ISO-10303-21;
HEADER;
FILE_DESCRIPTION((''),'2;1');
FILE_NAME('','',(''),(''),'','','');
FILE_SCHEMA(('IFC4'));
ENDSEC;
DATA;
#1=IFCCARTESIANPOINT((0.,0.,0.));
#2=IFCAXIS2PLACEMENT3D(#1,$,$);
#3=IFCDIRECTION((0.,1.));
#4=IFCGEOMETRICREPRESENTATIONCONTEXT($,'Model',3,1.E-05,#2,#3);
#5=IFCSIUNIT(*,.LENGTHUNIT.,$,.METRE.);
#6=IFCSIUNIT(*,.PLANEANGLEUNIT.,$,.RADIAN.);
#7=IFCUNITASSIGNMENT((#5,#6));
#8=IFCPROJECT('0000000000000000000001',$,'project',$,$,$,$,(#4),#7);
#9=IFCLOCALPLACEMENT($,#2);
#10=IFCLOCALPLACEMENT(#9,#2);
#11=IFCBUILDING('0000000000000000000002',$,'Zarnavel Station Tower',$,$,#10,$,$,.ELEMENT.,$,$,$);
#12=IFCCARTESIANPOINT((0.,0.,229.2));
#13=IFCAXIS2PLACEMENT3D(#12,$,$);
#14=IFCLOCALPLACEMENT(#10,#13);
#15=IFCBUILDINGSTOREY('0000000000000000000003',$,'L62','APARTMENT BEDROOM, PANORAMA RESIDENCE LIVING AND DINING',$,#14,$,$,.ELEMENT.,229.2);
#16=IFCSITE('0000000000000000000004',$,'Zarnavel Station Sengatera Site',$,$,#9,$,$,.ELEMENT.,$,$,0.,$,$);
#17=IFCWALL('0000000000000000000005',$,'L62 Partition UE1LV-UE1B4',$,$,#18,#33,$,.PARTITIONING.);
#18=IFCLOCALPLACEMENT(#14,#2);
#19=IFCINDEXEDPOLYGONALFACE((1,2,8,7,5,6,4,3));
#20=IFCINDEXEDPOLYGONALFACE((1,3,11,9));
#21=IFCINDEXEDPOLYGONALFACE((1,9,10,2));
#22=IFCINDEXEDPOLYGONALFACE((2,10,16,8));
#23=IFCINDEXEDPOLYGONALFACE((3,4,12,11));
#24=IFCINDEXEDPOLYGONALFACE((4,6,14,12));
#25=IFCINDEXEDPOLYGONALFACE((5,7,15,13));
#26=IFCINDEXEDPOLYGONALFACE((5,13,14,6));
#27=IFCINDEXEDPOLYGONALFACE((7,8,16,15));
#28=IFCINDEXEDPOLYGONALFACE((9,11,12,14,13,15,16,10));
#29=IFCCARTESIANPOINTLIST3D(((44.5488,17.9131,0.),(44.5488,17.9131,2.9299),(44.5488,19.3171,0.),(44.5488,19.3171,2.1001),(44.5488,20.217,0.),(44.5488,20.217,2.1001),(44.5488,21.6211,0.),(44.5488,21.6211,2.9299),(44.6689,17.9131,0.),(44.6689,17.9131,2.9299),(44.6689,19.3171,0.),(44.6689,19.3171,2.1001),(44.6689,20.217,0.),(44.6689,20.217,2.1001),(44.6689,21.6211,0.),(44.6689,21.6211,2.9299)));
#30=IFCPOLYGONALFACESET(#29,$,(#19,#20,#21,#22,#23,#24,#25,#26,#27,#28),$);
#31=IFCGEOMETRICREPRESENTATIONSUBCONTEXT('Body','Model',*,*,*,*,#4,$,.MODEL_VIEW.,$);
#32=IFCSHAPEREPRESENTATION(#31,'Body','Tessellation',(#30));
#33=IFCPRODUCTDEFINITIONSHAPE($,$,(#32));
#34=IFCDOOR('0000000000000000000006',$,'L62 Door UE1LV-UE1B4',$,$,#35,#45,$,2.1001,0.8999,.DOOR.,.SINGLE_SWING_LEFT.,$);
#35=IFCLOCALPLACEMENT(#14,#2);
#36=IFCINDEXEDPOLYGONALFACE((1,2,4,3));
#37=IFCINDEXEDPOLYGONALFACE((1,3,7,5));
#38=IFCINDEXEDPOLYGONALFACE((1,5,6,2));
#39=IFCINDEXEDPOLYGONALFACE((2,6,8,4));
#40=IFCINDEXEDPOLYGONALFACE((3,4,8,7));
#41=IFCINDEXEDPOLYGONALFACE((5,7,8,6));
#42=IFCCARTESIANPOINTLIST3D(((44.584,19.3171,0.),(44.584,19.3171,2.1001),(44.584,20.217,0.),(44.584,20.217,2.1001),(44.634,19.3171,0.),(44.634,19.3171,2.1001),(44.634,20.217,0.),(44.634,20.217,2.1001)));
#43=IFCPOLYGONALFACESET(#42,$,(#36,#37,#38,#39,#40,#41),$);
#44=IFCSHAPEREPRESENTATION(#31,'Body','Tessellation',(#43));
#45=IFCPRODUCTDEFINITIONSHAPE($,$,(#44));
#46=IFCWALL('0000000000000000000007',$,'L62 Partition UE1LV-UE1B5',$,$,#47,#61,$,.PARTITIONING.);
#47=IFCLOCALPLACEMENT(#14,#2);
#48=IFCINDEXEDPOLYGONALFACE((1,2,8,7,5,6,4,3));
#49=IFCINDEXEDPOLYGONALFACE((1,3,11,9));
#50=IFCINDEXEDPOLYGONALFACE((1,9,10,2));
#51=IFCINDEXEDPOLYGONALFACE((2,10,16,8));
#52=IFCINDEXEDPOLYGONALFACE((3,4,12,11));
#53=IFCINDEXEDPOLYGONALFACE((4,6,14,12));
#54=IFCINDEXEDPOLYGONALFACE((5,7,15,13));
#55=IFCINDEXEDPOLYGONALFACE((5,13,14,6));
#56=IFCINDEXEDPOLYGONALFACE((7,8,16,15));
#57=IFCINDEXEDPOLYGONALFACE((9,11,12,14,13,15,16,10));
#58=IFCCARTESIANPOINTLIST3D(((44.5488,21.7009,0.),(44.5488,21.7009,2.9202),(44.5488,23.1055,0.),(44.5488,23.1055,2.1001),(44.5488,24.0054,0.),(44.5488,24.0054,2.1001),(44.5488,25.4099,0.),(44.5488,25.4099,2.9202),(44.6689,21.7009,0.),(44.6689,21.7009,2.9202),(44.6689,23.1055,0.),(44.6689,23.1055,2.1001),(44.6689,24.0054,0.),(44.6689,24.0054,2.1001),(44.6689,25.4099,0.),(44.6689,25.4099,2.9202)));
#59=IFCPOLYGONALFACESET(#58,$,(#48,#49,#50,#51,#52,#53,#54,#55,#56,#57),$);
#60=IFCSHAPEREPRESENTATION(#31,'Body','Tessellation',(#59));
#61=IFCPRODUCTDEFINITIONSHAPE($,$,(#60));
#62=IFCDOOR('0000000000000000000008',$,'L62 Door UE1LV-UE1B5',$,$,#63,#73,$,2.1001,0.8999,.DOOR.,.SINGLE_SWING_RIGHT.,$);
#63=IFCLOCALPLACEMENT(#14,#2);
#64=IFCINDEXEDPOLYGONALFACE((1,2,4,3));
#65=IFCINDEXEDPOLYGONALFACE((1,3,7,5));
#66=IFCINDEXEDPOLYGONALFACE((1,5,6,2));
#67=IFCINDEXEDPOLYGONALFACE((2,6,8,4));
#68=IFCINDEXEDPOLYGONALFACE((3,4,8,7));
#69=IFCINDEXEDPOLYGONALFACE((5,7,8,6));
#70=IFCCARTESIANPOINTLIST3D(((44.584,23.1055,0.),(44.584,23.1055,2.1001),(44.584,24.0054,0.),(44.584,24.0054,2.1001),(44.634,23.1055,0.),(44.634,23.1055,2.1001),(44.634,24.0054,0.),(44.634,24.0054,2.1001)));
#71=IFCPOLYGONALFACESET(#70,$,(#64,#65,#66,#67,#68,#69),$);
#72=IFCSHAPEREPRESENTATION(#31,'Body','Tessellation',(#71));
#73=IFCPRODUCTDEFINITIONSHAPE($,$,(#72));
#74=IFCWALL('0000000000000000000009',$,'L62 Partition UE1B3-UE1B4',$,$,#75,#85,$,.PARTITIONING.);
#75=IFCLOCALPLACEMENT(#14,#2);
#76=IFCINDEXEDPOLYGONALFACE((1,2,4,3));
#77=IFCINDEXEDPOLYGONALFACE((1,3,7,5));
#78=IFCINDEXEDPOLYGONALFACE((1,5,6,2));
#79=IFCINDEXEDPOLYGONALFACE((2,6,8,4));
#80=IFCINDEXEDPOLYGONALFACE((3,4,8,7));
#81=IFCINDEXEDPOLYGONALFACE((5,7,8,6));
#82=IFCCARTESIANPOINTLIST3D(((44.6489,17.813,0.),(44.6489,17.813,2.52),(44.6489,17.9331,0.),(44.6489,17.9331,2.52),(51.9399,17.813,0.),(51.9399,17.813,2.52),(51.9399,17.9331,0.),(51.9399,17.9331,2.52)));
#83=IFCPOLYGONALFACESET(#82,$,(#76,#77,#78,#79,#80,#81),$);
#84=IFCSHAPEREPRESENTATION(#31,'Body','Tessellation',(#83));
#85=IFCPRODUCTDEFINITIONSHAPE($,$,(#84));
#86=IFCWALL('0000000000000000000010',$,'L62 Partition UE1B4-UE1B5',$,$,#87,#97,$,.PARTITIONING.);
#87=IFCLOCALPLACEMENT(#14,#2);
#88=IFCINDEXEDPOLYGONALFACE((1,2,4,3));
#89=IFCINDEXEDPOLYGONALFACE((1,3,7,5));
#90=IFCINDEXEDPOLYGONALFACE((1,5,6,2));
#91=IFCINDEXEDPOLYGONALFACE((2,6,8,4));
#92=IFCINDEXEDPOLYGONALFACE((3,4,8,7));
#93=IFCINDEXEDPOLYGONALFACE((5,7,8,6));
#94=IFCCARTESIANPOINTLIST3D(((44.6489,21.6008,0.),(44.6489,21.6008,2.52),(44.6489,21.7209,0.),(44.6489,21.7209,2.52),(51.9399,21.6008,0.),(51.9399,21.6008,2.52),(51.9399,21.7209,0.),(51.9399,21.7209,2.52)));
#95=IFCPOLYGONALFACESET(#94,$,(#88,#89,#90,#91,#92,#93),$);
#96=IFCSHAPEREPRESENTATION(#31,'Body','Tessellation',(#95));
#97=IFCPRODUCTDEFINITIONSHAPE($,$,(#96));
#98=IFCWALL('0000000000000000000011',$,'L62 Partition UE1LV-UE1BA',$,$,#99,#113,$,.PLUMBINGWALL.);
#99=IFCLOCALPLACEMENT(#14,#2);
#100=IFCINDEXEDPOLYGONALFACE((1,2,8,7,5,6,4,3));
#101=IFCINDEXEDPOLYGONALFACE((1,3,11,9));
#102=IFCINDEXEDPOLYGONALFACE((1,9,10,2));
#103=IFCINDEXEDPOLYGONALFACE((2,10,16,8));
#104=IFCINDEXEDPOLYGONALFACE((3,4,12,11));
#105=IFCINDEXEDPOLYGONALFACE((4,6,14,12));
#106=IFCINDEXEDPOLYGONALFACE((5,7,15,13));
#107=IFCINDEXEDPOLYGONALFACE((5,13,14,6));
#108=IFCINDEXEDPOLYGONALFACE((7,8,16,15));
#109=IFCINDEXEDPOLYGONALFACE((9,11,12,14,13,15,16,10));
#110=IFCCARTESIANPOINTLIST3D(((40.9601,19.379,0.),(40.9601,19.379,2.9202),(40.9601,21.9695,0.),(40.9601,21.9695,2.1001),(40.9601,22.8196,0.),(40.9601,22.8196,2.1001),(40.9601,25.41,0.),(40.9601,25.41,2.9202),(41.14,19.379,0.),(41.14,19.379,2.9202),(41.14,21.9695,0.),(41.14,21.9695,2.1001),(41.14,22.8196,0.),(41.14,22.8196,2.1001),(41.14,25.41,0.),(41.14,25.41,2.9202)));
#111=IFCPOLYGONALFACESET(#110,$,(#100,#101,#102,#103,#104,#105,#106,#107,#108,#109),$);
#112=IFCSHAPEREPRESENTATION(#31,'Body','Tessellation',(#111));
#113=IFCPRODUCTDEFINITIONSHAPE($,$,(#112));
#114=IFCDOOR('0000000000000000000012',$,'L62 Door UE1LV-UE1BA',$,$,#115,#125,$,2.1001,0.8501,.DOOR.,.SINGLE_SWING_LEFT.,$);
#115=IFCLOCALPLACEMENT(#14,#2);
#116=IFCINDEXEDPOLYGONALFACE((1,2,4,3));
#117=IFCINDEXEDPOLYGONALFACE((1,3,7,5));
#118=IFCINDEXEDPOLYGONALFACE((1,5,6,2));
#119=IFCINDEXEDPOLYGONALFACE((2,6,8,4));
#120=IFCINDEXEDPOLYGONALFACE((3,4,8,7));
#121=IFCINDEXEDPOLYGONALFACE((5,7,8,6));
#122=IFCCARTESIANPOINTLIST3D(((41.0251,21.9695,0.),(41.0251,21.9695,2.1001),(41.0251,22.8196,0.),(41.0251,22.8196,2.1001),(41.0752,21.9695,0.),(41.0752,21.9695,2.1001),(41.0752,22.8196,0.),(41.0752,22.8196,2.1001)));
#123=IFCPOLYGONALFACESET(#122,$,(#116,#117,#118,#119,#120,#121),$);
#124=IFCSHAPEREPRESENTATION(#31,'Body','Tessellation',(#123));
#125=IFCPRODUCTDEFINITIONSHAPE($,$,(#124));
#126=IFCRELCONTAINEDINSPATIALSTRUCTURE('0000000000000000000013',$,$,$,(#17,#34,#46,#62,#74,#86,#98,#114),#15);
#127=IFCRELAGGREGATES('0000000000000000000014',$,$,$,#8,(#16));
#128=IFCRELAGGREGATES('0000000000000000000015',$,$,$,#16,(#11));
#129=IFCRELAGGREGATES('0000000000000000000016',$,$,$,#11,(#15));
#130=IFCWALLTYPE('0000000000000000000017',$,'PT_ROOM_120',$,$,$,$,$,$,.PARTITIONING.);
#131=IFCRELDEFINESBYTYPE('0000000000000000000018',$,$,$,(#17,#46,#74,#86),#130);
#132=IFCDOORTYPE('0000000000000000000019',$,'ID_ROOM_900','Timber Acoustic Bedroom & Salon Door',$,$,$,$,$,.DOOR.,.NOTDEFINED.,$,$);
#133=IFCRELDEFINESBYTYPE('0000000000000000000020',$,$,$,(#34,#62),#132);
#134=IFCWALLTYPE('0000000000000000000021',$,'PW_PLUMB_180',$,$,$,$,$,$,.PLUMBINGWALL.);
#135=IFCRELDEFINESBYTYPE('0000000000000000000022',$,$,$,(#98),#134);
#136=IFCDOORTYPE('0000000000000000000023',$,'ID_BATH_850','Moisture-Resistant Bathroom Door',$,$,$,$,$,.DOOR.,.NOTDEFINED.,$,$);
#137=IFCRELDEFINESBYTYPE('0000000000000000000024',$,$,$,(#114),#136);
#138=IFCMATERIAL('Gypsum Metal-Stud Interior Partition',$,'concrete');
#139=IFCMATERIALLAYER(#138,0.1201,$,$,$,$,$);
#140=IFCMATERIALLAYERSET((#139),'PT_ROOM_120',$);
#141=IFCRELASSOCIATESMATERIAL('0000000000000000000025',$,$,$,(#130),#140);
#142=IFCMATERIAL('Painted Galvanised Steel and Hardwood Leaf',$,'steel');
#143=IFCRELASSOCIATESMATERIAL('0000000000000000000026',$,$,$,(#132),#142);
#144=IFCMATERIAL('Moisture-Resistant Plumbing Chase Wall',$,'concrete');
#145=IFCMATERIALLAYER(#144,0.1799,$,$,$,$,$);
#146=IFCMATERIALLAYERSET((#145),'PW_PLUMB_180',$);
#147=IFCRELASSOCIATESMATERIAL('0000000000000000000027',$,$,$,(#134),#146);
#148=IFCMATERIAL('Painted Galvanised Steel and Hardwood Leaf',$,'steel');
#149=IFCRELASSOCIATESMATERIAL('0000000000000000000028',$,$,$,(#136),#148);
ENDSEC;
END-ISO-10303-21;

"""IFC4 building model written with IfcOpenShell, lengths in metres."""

from ifc_helpers import new_model, si_unit, direction, frame, frame_2d, origin, place, context, subcontext, project, spatial, rectangle, extrude, material, layer, layer_set, type_object, element, fill, save


model = new_model("IFC4")

# Units and contexts
model_context = context("Model", 3, precision=1e-05, world=origin(), true_north=direction((0.0, 1.0)))
body_context = subcontext(model_context, "Body", "Model", "MODEL_VIEW")
ifc_project = project(units=[si_unit("LENGTHUNIT", "METRE"), si_unit("PLANEANGLEUNIT", "RADIAN")], contexts=[model_context])

# Site, building, storey
site_placement = place(None, origin())
site = spatial("IfcSite", under=ifc_project, at=site_placement, Name="Zarnavel Station Sengatera Site", CompositionType="ELEMENT", RefElevation=0.0)
building_placement = place(site_placement, origin())
building = spatial("IfcBuilding", under=site, at=building_placement, Name="Zarnavel Station Tower", CompositionType="ELEMENT")
storey_placement = place(building_placement, frame((0.0, 0.0, 229.2)))
storey = spatial("IfcBuildingStorey", under=building, at=storey_placement, Name="L62", Description="APARTMENT BEDROOM, PANORAMA RESIDENCE LIVING AND DINING", CompositionType="ELEMENT", Elevation=229.2)

# Walls, openings, doors
ifc_material_1 = material(Name="Gypsum Metal-Stud Interior Partition", Category="concrete")
ifc_layer_1 = layer(ifc_material_1, 0.1201)
ifc_layer_set_1 = layer_set([ifc_layer_1], Name="PT_ROOM_120")
wall_type_1 = type_object("IfcWallType", Name="PT_ROOM_120", PredefinedType="PARTITIONING", material=ifc_layer_set_1)
ifc_material_2 = material(Name="Painted Galvanised Steel and Hardwood Leaf", Category="steel")
door_type_1 = type_object("IfcDoorType", Name="ID_ROOM_900", Description="Timber Acoustic Bedroom & Salon Door", OperationType="NOTDEFINED", PredefinedType="DOOR", material=ifc_material_2)
wall_1_placement = place(storey_placement, frame((44.6089, 17.9131, 0.0), z_axis=(0.0, 0.0, 1.0), x_axis=(0.0, 1.0, 0.0)))
wall_1 = element("IfcWall", 1, at=wall_1_placement, inside=storey, type_object=wall_type_1, Name="L62 Partition UE1LV-UE1B4", PredefinedType="PARTITIONING", context=body_context, shape_type="SweptSolid", body=[
    extrude(rectangle(XDim=3.708, YDim=0.1201, at=frame_2d((1.854, 0.0))), origin(), (0.0, 0.0, 1.0), 2.9299),
])
opening_1_placement = place(wall_1_placement, frame((1.4041, 0.0, 0.0)))
opening_1 = element("IfcOpeningElement", 2, at=opening_1_placement, cuts=wall_1, PredefinedType="OPENING", context=body_context, shape_type="SweptSolid", body=[
    extrude(rectangle(XDim=0.8999, YDim=2.1001, at=frame_2d((0.45, 1.05))), frame((0.0, 0.0701, 0.0), z_axis=(0.0, -1.0, 0.0), x_axis=(1.0, 0.0, 0.0)), (0.0, 0.0, 1.0), 0.1401),
])
door_1_placement = place(opening_1_placement, origin())
door_1 = element("IfcDoor", 3, at=door_1_placement, inside=storey, type_object=door_type_1, Name="L62 Door UE1LV-UE1B4", OperationType="SINGLE_SWING_LEFT", OverallHeight=2.1001, OverallWidth=0.8999, PredefinedType="DOOR", context=body_context, shape_type="SweptSolid", body=[
    extrude(rectangle(XDim=0.8999, YDim=2.1001, at=frame_2d((0.45, 1.05))), frame((0.0, 0.0249, 0.0), z_axis=(0.0, -1.0, 0.0), x_axis=(1.0, 0.0, 0.0)), (0.0, 0.0, 1.0), 0.05),
])
fill(opening_1, door_1)
wall_2_placement = place(storey_placement, frame((44.6089, 21.7009, 0.0), z_axis=(0.0, 0.0, 1.0), x_axis=(0.0, 1.0, 0.0)))
wall_2 = element("IfcWall", 4, at=wall_2_placement, inside=storey, type_object=wall_type_1, Name="L62 Partition UE1LV-UE1B5", PredefinedType="PARTITIONING", context=body_context, shape_type="SweptSolid", body=[
    extrude(rectangle(XDim=3.709, YDim=0.1201, at=frame_2d((1.8545, 0.0))), origin(), (0.0, 0.0, 1.0), 2.9202),
])
opening_2_placement = place(wall_2_placement, frame((1.4045, 0.0, 0.0)))
opening_2 = element("IfcOpeningElement", 5, at=opening_2_placement, cuts=wall_2, PredefinedType="OPENING", context=body_context, shape_type="SweptSolid", body=[
    extrude(rectangle(XDim=0.8999, YDim=2.1001, at=frame_2d((0.45, 1.05))), frame((0.0, 0.0701, 0.0), z_axis=(0.0, -1.0, 0.0), x_axis=(1.0, 0.0, 0.0)), (0.0, 0.0, 1.0), 0.1401),
])
door_2_placement = place(opening_2_placement, origin())
door_2 = element("IfcDoor", 6, at=door_2_placement, inside=storey, type_object=door_type_1, Name="L62 Door UE1LV-UE1B5", OperationType="SINGLE_SWING_RIGHT", OverallHeight=2.1001, OverallWidth=0.8999, PredefinedType="DOOR", context=body_context, shape_type="SweptSolid", body=[
    extrude(rectangle(XDim=0.8999, YDim=2.1001, at=frame_2d((0.45, 1.05))), frame((0.0, 0.0249, 0.0), z_axis=(0.0, -1.0, 0.0), x_axis=(1.0, 0.0, 0.0)), (0.0, 0.0, 1.0), 0.05),
])
fill(opening_2, door_2)

# Walls
for number, where, z_axis, x_axis, name in (
    (7, (44.6489, 17.873, 0.0), (0.0, 0.0, 1.0), (1.0, 0.0, 0.0), "L62 Partition UE1B3-UE1B4"),
    (8, (44.6489, 21.6609, 0.0), (0.0, 0.0, 1.0), (1.0, 0.0, 0.0), "L62 Partition UE1B4-UE1B5"),
):
    element("IfcWall", number, at=place(storey_placement, frame(where, z_axis=z_axis, x_axis=x_axis)), inside=storey, type_object=wall_type_1, Name=name, PredefinedType="PARTITIONING", context=body_context, shape_type="SweptSolid", body=[
        extrude(rectangle(XDim=7.291, YDim=0.1201, at=frame_2d((3.6455, 0.0))), origin(), (0.0, 0.0, 1.0), 2.52),
    ])

# Wall, opening, door
ifc_material_3 = material(Name="Moisture-Resistant Plumbing Chase Wall", Category="concrete")
ifc_layer_2 = layer(ifc_material_3, 0.1799)
ifc_layer_set_2 = layer_set([ifc_layer_2], Name="PW_PLUMB_180")
wall_type_2 = type_object("IfcWallType", Name="PW_PLUMB_180", PredefinedType="PLUMBINGWALL", material=ifc_layer_set_2)
wall_3_placement = place(storey_placement, frame((41.05, 19.3789, 0.0), z_axis=(0.0, 0.0, 1.0), x_axis=(0.0, 1.0, 0.0)))
wall_3 = element("IfcWall", 9, at=wall_3_placement, inside=storey, type_object=wall_type_2, Name="L62 Partition UE1LV-UE1BA", PredefinedType="PLUMBINGWALL", context=body_context, shape_type="SweptSolid", body=[
    extrude(rectangle(XDim=6.031, YDim=0.1799, at=frame_2d((3.0156, 0.0))), origin(), (0.0, 0.0, 1.0), 2.9202),
])
opening_3_placement = place(wall_3_placement, frame((2.5906, 0.0, 0.0)))
opening_3 = element("IfcOpeningElement", 10, at=opening_3_placement, cuts=wall_3, PredefinedType="OPENING", context=body_context, shape_type="SweptSolid", body=[
    extrude(rectangle(XDim=0.8501, YDim=2.1001, at=frame_2d((0.425, 1.05))), frame((0.0, 0.0999, 0.0), z_axis=(0.0, -1.0, 0.0), x_axis=(1.0, 0.0, 0.0)), (0.0, 0.0, 1.0), 0.2),
])
ifc_material_4 = material(Name="Painted Galvanised Steel and Hardwood Leaf", Category="steel")
door_type_2 = type_object("IfcDoorType", Name="ID_BATH_850", Description="Moisture-Resistant Bathroom Door", OperationType="NOTDEFINED", PredefinedType="DOOR", material=ifc_material_4)
door_3_placement = place(opening_3_placement, origin())
door_3 = element("IfcDoor", 11, at=door_3_placement, inside=storey, type_object=door_type_2, Name="L62 Door UE1LV-UE1BA", OperationType="SINGLE_SWING_LEFT", OverallHeight=2.1001, OverallWidth=0.8501, PredefinedType="DOOR", context=body_context, shape_type="SweptSolid", body=[
    extrude(rectangle(XDim=0.8501, YDim=2.1001, at=frame_2d((0.425, 1.05))), frame((0.0, 0.0249, 0.0), z_axis=(0.0, -1.0, 0.0), x_axis=(1.0, 0.0, 0.0)), (0.0, 0.0, 1.0), 0.05),
])
fill(opening_3, door_3)

save(model, "model.ifc")
